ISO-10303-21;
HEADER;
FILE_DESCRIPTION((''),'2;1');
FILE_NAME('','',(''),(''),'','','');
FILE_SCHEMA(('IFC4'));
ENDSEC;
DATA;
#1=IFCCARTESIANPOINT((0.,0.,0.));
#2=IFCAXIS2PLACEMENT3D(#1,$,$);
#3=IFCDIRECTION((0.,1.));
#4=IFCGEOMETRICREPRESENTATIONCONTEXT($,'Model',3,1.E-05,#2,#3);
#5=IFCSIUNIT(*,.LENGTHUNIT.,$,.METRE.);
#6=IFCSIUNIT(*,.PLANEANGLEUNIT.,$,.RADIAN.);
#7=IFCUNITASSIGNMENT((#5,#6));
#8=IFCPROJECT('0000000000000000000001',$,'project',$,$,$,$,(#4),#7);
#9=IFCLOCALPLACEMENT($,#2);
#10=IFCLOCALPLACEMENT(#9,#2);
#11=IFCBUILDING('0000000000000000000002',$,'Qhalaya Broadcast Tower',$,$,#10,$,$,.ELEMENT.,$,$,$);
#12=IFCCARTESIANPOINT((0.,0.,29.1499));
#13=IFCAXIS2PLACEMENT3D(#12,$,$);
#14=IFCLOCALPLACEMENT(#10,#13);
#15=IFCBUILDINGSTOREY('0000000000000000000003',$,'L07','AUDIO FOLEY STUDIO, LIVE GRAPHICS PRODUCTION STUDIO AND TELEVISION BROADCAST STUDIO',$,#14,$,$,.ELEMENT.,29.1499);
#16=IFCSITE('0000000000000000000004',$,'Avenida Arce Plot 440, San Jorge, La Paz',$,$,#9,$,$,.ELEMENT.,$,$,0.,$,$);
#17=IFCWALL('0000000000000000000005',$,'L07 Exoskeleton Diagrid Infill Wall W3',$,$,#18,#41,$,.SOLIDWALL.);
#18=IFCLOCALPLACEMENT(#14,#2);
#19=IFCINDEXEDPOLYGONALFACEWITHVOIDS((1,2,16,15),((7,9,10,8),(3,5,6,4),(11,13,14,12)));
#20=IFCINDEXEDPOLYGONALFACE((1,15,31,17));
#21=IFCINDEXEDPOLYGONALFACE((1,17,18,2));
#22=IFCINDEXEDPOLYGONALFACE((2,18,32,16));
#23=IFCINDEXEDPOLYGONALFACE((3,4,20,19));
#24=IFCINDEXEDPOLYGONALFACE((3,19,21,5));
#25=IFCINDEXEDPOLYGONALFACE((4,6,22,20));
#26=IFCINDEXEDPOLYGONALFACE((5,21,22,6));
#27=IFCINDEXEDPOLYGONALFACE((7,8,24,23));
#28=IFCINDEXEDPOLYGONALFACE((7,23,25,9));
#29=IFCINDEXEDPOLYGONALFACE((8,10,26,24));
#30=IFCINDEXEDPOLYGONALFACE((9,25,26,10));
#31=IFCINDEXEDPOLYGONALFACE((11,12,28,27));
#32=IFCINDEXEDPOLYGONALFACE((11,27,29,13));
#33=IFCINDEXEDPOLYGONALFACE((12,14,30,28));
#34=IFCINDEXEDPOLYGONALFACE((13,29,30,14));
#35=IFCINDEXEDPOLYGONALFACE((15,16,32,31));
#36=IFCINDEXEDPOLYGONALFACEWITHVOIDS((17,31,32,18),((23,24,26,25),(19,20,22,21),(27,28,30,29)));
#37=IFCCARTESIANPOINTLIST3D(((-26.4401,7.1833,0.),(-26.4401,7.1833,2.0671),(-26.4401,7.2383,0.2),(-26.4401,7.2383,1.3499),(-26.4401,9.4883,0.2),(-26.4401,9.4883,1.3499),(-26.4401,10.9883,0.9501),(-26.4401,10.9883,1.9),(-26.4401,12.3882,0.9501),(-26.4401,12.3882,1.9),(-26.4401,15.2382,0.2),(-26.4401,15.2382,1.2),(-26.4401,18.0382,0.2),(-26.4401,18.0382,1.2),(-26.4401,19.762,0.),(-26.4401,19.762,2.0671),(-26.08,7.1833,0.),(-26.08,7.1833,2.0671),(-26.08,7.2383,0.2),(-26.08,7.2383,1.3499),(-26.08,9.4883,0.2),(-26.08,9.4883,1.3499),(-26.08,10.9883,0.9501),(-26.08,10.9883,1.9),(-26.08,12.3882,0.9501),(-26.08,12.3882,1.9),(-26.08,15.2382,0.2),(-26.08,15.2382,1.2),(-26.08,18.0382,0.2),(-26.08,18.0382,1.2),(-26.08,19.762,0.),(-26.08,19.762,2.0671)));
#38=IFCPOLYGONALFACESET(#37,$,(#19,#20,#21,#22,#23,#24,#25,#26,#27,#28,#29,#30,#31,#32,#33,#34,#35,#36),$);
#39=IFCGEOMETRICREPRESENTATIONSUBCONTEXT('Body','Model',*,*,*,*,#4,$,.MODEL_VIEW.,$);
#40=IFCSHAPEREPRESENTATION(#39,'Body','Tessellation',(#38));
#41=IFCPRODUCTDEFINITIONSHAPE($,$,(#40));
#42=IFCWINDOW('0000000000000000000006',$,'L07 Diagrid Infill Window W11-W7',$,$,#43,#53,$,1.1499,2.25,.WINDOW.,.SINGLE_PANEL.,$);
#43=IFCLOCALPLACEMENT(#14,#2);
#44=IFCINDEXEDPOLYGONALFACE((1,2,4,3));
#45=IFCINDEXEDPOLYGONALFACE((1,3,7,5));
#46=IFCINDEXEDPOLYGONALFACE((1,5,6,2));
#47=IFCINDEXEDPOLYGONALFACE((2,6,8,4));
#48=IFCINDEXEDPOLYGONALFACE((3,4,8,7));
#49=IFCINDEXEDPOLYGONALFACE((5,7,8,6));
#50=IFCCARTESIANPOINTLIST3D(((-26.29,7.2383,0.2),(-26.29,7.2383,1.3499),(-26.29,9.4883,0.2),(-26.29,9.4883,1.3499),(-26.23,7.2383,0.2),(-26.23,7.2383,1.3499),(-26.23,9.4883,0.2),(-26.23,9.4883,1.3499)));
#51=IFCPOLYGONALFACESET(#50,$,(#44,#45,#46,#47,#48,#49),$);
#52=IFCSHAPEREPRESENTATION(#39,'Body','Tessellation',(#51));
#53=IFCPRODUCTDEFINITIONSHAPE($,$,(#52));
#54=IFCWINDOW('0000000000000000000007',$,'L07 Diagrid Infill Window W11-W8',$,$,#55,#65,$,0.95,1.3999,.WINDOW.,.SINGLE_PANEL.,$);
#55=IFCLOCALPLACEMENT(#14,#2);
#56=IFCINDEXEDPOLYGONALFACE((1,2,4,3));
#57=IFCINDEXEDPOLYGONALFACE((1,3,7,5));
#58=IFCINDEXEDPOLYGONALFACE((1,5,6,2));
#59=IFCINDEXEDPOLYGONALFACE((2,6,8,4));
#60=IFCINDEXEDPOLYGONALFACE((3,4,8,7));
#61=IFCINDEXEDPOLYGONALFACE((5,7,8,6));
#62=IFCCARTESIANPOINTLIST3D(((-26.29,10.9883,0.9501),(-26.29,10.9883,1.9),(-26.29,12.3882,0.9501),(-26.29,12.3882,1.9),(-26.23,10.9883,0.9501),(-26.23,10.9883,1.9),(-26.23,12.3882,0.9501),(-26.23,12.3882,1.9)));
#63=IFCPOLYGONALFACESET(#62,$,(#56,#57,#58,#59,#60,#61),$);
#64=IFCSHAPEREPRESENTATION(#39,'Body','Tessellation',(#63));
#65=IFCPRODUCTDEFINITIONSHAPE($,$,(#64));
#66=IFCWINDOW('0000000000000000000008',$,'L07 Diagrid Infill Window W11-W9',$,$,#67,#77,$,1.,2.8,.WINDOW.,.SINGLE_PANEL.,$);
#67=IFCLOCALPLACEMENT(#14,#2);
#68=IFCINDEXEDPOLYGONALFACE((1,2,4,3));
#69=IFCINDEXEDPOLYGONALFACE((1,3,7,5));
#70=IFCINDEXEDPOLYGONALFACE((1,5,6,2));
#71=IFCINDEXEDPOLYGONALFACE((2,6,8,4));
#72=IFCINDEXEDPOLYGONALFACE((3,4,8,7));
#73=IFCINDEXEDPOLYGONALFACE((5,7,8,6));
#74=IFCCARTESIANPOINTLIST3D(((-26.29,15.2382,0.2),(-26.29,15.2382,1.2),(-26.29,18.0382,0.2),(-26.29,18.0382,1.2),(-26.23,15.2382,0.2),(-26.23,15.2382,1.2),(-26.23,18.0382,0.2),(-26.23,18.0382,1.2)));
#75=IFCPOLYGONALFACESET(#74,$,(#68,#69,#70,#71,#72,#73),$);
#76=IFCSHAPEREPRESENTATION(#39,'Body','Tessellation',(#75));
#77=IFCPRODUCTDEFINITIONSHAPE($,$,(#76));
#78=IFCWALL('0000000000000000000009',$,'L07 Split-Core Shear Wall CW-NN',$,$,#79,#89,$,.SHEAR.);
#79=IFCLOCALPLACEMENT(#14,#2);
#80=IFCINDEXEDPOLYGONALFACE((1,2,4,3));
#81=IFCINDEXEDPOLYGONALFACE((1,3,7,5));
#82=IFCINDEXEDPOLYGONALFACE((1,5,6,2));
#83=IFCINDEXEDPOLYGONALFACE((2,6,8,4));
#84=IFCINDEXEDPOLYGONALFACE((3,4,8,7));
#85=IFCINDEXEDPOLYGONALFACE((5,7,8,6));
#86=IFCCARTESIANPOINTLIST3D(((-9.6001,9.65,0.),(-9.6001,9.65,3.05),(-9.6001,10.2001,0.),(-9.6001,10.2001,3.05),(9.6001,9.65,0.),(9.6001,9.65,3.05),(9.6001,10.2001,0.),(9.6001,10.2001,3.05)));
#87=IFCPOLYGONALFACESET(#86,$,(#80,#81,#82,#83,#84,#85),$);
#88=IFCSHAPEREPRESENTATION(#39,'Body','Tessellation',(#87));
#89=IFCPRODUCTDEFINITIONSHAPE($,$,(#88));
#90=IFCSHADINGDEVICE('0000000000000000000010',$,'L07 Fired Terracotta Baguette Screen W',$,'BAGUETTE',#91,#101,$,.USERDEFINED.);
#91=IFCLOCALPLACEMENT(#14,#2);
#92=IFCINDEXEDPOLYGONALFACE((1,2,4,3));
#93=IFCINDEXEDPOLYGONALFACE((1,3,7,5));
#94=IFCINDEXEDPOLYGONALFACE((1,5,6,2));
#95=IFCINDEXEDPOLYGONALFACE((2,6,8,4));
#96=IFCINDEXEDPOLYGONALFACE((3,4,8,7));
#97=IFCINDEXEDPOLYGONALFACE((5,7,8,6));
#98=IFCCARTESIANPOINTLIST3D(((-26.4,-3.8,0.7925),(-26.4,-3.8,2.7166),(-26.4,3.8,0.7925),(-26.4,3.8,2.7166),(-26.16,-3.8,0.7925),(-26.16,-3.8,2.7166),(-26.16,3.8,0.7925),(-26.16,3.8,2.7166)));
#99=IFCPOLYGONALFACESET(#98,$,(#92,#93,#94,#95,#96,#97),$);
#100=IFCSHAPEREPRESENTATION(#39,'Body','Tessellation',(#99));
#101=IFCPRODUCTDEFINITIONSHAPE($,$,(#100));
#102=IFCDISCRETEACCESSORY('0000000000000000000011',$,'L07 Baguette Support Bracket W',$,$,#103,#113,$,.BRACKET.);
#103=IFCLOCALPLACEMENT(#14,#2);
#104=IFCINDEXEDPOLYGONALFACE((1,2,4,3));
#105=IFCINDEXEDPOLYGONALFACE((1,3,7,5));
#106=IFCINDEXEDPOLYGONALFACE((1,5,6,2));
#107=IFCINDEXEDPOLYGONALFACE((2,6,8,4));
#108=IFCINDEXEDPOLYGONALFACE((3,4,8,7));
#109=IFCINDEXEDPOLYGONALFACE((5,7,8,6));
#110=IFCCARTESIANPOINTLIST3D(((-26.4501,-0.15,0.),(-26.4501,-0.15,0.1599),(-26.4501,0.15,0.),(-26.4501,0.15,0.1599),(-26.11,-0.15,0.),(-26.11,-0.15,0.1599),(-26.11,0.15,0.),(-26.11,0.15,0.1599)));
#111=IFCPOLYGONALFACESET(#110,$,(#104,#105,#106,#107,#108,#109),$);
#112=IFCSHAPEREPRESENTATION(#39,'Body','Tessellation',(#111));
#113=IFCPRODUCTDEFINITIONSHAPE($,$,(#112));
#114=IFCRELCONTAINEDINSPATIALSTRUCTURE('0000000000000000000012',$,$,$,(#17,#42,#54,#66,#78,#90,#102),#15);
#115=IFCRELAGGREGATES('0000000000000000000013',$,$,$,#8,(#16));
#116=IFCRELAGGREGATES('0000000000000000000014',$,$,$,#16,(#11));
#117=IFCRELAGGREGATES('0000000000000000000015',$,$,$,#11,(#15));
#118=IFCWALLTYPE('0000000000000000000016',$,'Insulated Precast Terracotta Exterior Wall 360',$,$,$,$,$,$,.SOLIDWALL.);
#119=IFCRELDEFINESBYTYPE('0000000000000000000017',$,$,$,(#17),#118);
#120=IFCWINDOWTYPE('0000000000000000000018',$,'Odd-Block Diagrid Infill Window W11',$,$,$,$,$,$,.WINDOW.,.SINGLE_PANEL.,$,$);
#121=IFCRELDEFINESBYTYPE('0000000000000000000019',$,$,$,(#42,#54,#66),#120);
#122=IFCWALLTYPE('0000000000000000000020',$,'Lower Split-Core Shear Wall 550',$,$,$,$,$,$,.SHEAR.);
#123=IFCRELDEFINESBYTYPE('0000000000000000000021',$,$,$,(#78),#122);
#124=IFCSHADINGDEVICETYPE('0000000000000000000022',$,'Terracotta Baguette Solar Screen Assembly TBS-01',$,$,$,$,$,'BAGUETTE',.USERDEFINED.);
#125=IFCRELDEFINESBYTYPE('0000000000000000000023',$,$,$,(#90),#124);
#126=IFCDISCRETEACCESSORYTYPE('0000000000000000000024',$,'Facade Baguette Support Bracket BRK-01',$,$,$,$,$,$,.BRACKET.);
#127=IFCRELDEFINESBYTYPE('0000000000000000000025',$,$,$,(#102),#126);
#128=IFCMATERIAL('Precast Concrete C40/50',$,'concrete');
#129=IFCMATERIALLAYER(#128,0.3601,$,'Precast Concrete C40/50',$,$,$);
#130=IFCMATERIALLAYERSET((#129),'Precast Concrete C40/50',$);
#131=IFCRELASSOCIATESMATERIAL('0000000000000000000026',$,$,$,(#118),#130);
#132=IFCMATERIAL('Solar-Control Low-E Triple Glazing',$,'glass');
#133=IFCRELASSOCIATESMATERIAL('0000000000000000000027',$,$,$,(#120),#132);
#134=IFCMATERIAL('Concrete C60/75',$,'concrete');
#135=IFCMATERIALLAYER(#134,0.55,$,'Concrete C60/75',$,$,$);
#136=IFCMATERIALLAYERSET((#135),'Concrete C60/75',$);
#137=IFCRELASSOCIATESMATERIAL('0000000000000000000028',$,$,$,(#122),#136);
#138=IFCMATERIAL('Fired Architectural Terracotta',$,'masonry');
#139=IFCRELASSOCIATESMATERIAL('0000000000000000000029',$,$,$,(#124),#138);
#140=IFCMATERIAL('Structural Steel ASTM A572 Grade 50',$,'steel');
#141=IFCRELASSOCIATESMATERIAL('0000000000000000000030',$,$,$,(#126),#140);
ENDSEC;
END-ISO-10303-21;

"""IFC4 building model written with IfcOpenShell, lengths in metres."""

from ifc_helpers import new_model, si_unit, direction, frame, frame_2d, origin, origin_2d, place, context, subcontext, project, spatial, rectangle, extrude, material, layer, layer_set, type_object, element, fill, save


model = new_model("IFC4")

# Units and contexts
model_context = context("Model", 3, precision=1e-05, world=origin(), true_north=direction((0.0, 1.0)))
body_context = subcontext(model_context, "Body", "Model", "MODEL_VIEW")
ifc_project = project(units=[si_unit("LENGTHUNIT", "METRE"), si_unit("PLANEANGLEUNIT", "RADIAN")], contexts=[model_context])

# Site, building, storey
site_placement = place(None, origin())
site = spatial("IfcSite", under=ifc_project, at=site_placement, Name="Avenida Arce Plot 440, San Jorge, La Paz", CompositionType="ELEMENT", RefElevation=0.0)
building_placement = place(site_placement, origin())
building = spatial("IfcBuilding", under=site, at=building_placement, Name="Qhalaya Broadcast Tower", CompositionType="ELEMENT")
storey_placement = place(building_placement, frame((0.0, 0.0, 29.1499)))
storey = spatial("IfcBuildingStorey", under=building, at=storey_placement, Name="L07", Description="AUDIO FOLEY STUDIO, LIVE GRAPHICS PRODUCTION STUDIO AND TELEVISION BROADCAST STUDIO", CompositionType="ELEMENT", Elevation=29.1499)

# Shared definitions
ifc_material_1 = material(Name="Structural Steel ASTM A572 Grade 50", Category="steel")

# Wall, openings, windows
ifc_material_2 = material(Name="Precast Concrete C40/50", Category="concrete")
ifc_layer_1 = layer(ifc_material_2, 0.3601, Name="Precast Concrete C40/50")
ifc_layer_set_1 = layer_set([ifc_layer_1], Name="Precast Concrete C40/50")
wall_type_1 = type_object("IfcWallType", Name="Insulated Precast Terracotta Exterior Wall 360", PredefinedType="SOLIDWALL", material=ifc_layer_set_1)
wall_1_placement = place(storey_placement, frame((-26.26, 7.1833, 0.0), z_axis=(0.0, 0.0, 1.0), x_axis=(0.0, 1.0, 0.0)))
wall_1 = element("IfcWall", 1, at=wall_1_placement, inside=storey, type_object=wall_type_1, Name="L07 Exoskeleton Diagrid Infill Wall W3", PredefinedType="SOLIDWALL", context=body_context, shape_type="SweptSolid", body=[
    extrude(rectangle(XDim=12.5786, YDim=0.3601, at=frame_2d((6.2893, 0.0))), origin(), (0.0, 0.0, 1.0), 2.0671),
])
opening_1_placement = place(wall_1_placement, frame((0.0549, 0.0, 0.2)))
opening_1 = element("IfcOpeningElement", 2, at=opening_1_placement, cuts=wall_1, PredefinedType="OPENING", context=body_context, shape_type="SweptSolid", body=[
    extrude(rectangle(XDim=2.25, YDim=1.1499, at=frame_2d((1.125, 0.575))), frame((0.0, 0.1921, 0.0), z_axis=(0.0, -1.0, 0.0), x_axis=(1.0, 0.0, 0.0)), (0.0, 0.0, 1.0), 0.384),
])
opening_2_placement = place(wall_1_placement, frame((3.8049, 0.0, 0.95)))
opening_2 = element("IfcOpeningElement", 3, at=opening_2_placement, cuts=wall_1, PredefinedType="OPENING", context=body_context, shape_type="SweptSolid", body=[
    extrude(rectangle(XDim=1.3999, YDim=0.95, at=frame_2d((0.7, 0.4751))), frame((0.0, 0.1921, 0.0), z_axis=(0.0, -1.0, 0.0), x_axis=(1.0, 0.0, 0.0)), (0.0, 0.0, 1.0), 0.384),
])
opening_3_placement = place(wall_1_placement, frame((8.0549, 0.0, 0.2)))
opening_3 = element("IfcOpeningElement", 4, at=opening_3_placement, cuts=wall_1, PredefinedType="OPENING", context=body_context, shape_type="SweptSolid", body=[
    extrude(rectangle(XDim=2.8, YDim=1.0, at=frame_2d((1.3999, 0.5))), frame((0.0, 0.1921, 0.0), z_axis=(0.0, -1.0, 0.0), x_axis=(1.0, 0.0, 0.0)), (0.0, 0.0, 1.0), 0.384),
])
ifc_material_3 = material(Name="Solar-Control Low-E Triple Glazing", Category="glass")
window_type = type_object("IfcWindowType", Name="Odd-Block Diagrid Infill Window W11", PartitioningType="SINGLE_PANEL", PredefinedType="WINDOW", material=ifc_material_3)
window_1_placement = place(opening_1_placement, origin())
window_1 = element("IfcWindow", 5, at=window_1_placement, inside=storey, type_object=window_type, Name="L07 Diagrid Infill Window W11-W7", OverallHeight=1.1499, OverallWidth=2.25, PartitioningType="SINGLE_PANEL", PredefinedType="WINDOW", context=body_context, shape_type="SweptSolid", body=[
    extrude(rectangle(XDim=2.25, YDim=1.1499, at=frame_2d((1.125, 0.575))), frame((0.0, 0.03, 0.0), z_axis=(0.0, -1.0, 0.0), x_axis=(1.0, 0.0, 0.0)), (0.0, 0.0, 1.0), 0.0601),
])
fill(opening_1, window_1)
window_2_placement = place(opening_2_placement, origin())
window_2 = element("IfcWindow", 6, at=window_2_placement, inside=storey, type_object=window_type, Name="L07 Diagrid Infill Window W11-W8", OverallHeight=0.95, OverallWidth=1.3999, PartitioningType="SINGLE_PANEL", PredefinedType="WINDOW", context=body_context, shape_type="SweptSolid", body=[
    extrude(rectangle(XDim=1.3999, YDim=0.95, at=frame_2d((0.7, 0.4751))), frame((0.0, 0.03, 0.0), z_axis=(0.0, -1.0, 0.0), x_axis=(1.0, 0.0, 0.0)), (0.0, 0.0, 1.0), 0.0601),
])
fill(opening_2, window_2)
window_3_placement = place(opening_3_placement, origin())
window_3 = element("IfcWindow", 7, at=window_3_placement, inside=storey, type_object=window_type, Name="L07 Diagrid Infill Window W11-W9", OverallHeight=1.0, OverallWidth=2.8, PartitioningType="SINGLE_PANEL", PredefinedType="WINDOW", context=body_context, shape_type="SweptSolid", body=[
    extrude(rectangle(XDim=2.8, YDim=1.0, at=frame_2d((1.3999, 0.5))), frame((0.0, 0.03, 0.0), z_axis=(0.0, -1.0, 0.0), x_axis=(1.0, 0.0, 0.0)), (0.0, 0.0, 1.0), 0.0601),
])
fill(opening_3, window_3)

# Wall
ifc_material_4 = material(Name="Concrete C60/75", Category="concrete")
ifc_layer_2 = layer(ifc_material_4, 0.55, Name="Concrete C60/75")
ifc_layer_set_2 = layer_set([ifc_layer_2], Name="Concrete C60/75")
wall_type_2 = type_object("IfcWallType", Name="Lower Split-Core Shear Wall 550", PredefinedType="SHEAR", material=ifc_layer_set_2)
wall_2_placement = place(storey_placement, frame((-9.6001, 9.925, 0.0), z_axis=(0.0, 0.0, 1.0), x_axis=(1.0, 0.0, 0.0)))
element("IfcWall", 8, at=wall_2_placement, inside=storey, type_object=wall_type_2, Name="L07 Split-Core Shear Wall CW-NN", PredefinedType="SHEAR", context=body_context, shape_type="SweptSolid", body=[
    extrude(rectangle(XDim=19.2002, YDim=0.55, at=frame_2d((9.6001, 0.0))), origin(), (0.0, 0.0, 1.0), 3.05),
])

# Shading device
ifc_material_5 = material(Name="Fired Architectural Terracotta", Category="masonry")
shading_device_type = type_object("IfcShadingDeviceType", Name="Terracotta Baguette Solar Screen Assembly TBS-01", ElementType="BAGUETTE", PredefinedType="USERDEFINED", material=ifc_material_5)
shading_device_placement = place(storey_placement, frame((-26.28, 0.0, 0.7925), z_axis=(0.0, 0.0, 1.0), x_axis=(0.0, -1.0, 0.0)))
element("IfcShadingDevice", 9, at=shading_device_placement, inside=storey, type_object=shading_device_type, Name="L07 Fired Terracotta Baguette Screen W", ObjectType="BAGUETTE", PredefinedType="USERDEFINED", context=body_context, shape_type="SweptSolid", body=[
    extrude(rectangle(XDim=7.6001, YDim=0.24, at=origin_2d()), origin(), (0.0, 0.0, 1.0), 1.9241),
])

# Discrete accessory
discrete_accessory_type = type_object("IfcDiscreteAccessoryType", Name="Facade Baguette Support Bracket BRK-01", PredefinedType="BRACKET", material=ifc_material_1)
discrete_accessory_placement = place(storey_placement, frame((-26.28, 0.0, 0.0), z_axis=(0.0, 0.0, 1.0), x_axis=(0.0, -1.0, 0.0)))
element("IfcDiscreteAccessory", 10, at=discrete_accessory_placement, inside=storey, type_object=discrete_accessory_type, Name="L07 Baguette Support Bracket W", PredefinedType="BRACKET", context=body_context, shape_type="SweptSolid", body=[
    extrude(rectangle(XDim=0.3, YDim=0.3401, at=origin_2d()), origin(), (0.0, 0.0, 1.0), 0.1599),
])

save(model, "model.ifc")
